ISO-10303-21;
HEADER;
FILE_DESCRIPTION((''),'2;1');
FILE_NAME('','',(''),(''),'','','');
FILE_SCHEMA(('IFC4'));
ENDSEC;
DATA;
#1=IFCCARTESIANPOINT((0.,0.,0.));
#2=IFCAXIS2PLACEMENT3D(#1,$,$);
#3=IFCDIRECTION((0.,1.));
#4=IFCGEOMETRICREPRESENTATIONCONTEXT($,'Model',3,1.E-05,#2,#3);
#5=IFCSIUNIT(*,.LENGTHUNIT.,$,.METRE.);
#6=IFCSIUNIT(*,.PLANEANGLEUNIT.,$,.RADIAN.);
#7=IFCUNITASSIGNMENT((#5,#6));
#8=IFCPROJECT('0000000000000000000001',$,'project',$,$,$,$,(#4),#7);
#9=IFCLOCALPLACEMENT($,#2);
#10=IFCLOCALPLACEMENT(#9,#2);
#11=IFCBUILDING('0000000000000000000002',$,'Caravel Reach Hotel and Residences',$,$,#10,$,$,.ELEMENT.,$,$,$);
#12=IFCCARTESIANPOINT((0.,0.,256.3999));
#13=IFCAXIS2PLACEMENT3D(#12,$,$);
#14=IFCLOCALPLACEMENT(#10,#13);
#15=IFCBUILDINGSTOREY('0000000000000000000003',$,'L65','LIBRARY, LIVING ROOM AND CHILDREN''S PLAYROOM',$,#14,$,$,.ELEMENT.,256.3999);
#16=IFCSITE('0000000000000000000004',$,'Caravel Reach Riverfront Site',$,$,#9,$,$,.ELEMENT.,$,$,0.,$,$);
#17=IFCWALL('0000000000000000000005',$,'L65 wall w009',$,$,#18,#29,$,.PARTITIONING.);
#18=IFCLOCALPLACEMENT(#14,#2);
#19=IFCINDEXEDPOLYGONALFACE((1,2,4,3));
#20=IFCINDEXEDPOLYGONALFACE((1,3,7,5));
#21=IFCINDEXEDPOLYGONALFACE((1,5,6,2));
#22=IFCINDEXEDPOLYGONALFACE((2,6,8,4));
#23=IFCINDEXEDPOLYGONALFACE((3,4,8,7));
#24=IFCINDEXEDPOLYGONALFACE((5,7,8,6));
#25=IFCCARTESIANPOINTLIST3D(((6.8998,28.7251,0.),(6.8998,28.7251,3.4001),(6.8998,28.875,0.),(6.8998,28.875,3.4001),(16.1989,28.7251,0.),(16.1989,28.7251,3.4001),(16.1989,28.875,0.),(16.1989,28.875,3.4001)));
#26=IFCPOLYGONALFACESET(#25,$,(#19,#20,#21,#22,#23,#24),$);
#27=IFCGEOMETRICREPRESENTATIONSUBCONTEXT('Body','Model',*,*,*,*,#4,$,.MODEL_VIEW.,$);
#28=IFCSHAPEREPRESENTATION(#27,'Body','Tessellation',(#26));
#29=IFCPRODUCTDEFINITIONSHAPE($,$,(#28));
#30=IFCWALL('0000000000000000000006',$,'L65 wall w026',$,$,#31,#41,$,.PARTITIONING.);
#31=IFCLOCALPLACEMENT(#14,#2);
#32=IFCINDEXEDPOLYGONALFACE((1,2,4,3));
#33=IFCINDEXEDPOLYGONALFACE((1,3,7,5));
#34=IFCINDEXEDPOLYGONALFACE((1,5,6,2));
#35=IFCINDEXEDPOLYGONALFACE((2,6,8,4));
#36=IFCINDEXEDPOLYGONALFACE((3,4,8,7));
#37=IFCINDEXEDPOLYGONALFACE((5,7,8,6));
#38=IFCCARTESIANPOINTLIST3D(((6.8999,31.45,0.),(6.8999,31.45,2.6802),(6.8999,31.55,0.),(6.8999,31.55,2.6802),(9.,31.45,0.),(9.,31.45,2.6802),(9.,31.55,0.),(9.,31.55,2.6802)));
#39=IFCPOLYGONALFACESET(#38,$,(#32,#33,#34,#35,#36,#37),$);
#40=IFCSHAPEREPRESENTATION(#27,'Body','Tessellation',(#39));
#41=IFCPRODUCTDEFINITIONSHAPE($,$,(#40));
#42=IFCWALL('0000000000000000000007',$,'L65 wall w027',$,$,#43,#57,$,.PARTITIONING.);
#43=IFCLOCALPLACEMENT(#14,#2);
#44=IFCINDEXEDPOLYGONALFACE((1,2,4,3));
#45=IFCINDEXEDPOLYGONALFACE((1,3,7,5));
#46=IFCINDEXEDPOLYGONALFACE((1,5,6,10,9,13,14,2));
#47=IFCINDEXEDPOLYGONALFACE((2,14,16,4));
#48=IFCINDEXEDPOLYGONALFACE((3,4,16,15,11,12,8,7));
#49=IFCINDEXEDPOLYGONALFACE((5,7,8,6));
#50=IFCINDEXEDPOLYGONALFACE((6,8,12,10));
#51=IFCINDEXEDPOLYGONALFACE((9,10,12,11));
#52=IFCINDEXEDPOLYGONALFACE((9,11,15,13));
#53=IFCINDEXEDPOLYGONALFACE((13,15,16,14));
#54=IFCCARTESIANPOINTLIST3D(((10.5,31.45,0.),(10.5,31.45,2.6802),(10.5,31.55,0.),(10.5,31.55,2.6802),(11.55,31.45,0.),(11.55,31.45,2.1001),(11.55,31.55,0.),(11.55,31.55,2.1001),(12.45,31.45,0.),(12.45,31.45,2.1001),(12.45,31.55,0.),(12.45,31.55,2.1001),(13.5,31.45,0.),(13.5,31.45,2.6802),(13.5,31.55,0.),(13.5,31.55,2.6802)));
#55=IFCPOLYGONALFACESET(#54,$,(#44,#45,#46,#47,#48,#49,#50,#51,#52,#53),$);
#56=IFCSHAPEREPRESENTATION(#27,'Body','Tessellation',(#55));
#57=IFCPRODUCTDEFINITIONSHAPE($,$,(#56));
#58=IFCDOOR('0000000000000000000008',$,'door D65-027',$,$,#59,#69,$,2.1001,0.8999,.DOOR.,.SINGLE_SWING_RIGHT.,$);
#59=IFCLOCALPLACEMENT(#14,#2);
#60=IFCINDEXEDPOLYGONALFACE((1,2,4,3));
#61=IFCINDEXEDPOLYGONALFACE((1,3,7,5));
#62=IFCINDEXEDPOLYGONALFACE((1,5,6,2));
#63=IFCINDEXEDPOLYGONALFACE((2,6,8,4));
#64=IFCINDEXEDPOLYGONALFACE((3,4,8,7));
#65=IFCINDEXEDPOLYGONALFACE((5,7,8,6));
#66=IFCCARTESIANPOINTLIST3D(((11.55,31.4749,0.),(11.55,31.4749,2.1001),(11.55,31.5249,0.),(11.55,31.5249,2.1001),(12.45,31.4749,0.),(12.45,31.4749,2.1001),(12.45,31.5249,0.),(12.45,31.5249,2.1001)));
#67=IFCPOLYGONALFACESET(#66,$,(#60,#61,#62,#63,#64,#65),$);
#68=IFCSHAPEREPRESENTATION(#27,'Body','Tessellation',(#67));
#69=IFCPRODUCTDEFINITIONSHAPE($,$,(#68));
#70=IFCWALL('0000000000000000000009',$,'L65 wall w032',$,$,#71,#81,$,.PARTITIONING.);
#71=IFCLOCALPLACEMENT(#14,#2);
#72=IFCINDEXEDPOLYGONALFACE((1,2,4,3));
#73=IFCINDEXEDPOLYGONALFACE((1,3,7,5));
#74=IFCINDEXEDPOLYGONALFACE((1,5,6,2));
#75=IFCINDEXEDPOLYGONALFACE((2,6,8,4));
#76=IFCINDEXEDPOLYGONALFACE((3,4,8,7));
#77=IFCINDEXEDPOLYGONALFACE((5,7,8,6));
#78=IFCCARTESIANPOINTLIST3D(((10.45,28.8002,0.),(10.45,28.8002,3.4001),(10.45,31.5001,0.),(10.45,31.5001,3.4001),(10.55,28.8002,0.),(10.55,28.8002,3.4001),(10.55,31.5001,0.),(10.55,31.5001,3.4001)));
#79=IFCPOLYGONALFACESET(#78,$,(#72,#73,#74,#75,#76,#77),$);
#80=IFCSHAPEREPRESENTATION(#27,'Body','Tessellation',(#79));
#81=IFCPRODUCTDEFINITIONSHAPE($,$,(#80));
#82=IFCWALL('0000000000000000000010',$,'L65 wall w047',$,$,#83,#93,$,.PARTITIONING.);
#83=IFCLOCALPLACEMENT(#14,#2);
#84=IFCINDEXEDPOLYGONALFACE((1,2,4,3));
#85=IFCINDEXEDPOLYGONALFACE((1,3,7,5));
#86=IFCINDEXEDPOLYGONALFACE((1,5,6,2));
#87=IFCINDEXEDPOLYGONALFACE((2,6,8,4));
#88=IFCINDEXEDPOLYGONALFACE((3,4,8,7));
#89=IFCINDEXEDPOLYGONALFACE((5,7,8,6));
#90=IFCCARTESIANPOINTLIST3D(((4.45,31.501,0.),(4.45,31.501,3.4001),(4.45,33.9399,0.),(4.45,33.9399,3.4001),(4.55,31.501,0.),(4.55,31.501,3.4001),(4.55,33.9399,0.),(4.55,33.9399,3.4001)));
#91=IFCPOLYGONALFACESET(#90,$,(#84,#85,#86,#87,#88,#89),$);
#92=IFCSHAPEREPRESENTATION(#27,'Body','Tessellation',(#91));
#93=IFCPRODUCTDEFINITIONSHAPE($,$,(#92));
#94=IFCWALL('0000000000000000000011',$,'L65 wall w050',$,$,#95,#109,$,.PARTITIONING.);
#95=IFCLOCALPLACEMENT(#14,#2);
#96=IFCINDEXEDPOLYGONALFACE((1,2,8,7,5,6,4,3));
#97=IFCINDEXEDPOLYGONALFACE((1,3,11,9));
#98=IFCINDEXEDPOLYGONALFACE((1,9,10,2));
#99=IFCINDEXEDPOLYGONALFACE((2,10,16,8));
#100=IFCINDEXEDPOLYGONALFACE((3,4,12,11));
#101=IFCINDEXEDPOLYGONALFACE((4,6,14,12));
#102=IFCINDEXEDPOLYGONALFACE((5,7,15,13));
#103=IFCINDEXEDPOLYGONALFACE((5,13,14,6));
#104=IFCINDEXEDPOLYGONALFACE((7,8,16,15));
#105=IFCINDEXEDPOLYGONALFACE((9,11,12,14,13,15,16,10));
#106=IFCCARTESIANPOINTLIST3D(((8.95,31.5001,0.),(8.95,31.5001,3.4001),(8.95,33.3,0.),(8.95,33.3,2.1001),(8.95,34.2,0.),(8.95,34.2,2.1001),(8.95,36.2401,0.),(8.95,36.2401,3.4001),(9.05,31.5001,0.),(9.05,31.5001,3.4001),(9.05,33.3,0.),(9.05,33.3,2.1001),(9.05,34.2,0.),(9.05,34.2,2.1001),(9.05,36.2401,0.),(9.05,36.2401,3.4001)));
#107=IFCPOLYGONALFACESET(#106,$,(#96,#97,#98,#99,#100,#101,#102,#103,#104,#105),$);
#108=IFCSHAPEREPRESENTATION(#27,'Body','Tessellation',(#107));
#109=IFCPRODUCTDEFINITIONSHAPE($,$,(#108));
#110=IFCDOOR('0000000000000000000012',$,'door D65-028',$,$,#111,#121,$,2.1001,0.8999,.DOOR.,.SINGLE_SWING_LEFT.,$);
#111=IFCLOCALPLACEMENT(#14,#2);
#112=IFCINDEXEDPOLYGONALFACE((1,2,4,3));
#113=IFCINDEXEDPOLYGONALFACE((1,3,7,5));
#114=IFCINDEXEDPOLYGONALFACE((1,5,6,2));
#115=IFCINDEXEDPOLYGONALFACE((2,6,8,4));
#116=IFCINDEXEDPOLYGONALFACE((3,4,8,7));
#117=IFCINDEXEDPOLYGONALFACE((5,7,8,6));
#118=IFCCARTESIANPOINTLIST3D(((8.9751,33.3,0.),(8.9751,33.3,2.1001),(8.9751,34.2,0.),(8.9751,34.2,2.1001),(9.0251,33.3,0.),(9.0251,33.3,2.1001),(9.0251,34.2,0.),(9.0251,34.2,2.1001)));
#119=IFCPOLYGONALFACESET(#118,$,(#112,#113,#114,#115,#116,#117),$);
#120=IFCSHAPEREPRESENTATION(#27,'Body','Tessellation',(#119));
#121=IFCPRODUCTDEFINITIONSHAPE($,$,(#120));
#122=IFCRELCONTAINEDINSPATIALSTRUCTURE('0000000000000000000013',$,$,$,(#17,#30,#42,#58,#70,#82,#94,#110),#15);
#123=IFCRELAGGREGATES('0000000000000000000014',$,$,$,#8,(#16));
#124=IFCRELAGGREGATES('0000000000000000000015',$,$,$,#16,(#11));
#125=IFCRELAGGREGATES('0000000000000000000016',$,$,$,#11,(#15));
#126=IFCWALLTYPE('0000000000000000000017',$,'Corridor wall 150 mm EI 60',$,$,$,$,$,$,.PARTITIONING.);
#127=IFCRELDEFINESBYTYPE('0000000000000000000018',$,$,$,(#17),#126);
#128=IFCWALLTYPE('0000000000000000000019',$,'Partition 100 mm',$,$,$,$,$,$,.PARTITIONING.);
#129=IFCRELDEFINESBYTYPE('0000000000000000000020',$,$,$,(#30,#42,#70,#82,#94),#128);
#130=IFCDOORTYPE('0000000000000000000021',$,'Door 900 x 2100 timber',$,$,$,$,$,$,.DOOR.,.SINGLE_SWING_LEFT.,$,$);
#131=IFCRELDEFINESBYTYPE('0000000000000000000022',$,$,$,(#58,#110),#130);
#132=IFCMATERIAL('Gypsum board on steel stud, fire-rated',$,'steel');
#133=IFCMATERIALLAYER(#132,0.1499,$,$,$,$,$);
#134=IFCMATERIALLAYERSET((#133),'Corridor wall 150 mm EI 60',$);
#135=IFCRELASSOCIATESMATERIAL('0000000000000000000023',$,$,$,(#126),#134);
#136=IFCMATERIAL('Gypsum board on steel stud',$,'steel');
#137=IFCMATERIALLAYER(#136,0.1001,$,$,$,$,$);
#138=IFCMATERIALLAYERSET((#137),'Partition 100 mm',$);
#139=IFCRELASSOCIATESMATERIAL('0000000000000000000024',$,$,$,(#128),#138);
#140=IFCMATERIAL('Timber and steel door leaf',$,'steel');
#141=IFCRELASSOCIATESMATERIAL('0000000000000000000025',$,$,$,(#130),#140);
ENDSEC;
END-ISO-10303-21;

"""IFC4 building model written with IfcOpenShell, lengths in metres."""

from ifc_helpers import new_model, si_unit, direction, frame, frame_2d, origin, place, context, subcontext, project, spatial, rectangle, extrude, material, layer, layer_set, type_object, element, fill, save


model = new_model("IFC4")

# Units and contexts
model_context = context("Model", 3, precision=1e-05, world=origin(), true_north=direction((0.0, 1.0)))
body_context = subcontext(model_context, "Body", "Model", "MODEL_VIEW")
ifc_project = project(units=[si_unit("LENGTHUNIT", "METRE"), si_unit("PLANEANGLEUNIT", "RADIAN")], contexts=[model_context])

# Site, building, storey
site_placement = place(None, origin())
site = spatial("IfcSite", under=ifc_project, at=site_placement, Name="Caravel Reach Riverfront Site", CompositionType="ELEMENT", RefElevation=0.0)
building_placement = place(site_placement, origin())
building = spatial("IfcBuilding", under=site, at=building_placement, Name="Caravel Reach Hotel and Residences", CompositionType="ELEMENT")
storey_placement = place(building_placement, frame((0.0, 0.0, 256.3999)))
storey = spatial("IfcBuildingStorey", under=building, at=storey_placement, Name="L65", Description="LIBRARY, LIVING ROOM AND CHILDREN'S PLAYROOM", CompositionType="ELEMENT", Elevation=256.3999)

# Walls
ifc_material_1 = material(Name="Gypsum board on steel stud, fire-rated", Category="steel")
ifc_layer_1 = layer(ifc_material_1, 0.1499)
ifc_layer_set_1 = layer_set([ifc_layer_1], Name="Corridor wall 150 mm EI 60")
wall_type_1 = type_object("IfcWallType", Name="Corridor wall 150 mm EI 60", PredefinedType="PARTITIONING", material=ifc_layer_set_1)
wall_1_placement = place(storey_placement, frame((6.8999, 28.8, 0.0), z_axis=(0.0, 0.0, 1.0), x_axis=(1.0, 0.0, 0.0)))
element("IfcWall", 1, at=wall_1_placement, inside=storey, type_object=wall_type_1, Name="L65 wall w009", PredefinedType="PARTITIONING", context=body_context, shape_type="SweptSolid", body=[
    extrude(rectangle(XDim=9.2991, YDim=0.1499, at=frame_2d((4.6494, 0.0))), origin(), (0.0, 0.0, 1.0), 3.4001),
])
ifc_material_2 = material(Name="Gypsum board on steel stud", Category="steel")
ifc_layer_2 = layer(ifc_material_2, 0.1001)
ifc_layer_set_2 = layer_set([ifc_layer_2], Name="Partition 100 mm")
wall_type_2 = type_object("IfcWallType", Name="Partition 100 mm", PredefinedType="PARTITIONING", material=ifc_layer_set_2)
wall_2_placement = place(storey_placement, frame((6.8999, 31.5, 0.0), z_axis=(0.0, 0.0, 1.0), x_axis=(1.0, 0.0, 0.0)))
element("IfcWall", 2, at=wall_2_placement, inside=storey, type_object=wall_type_2, Name="L65 wall w026", PredefinedType="PARTITIONING", context=body_context, shape_type="SweptSolid", body=[
    extrude(rectangle(XDim=2.1001, YDim=0.1001, at=frame_2d((1.05, 0.0))), origin(), (0.0, 0.0, 1.0), 2.6802),
])

# Wall, opening, door
wall_3_placement = place(storey_placement, frame((10.5, 31.5, 0.0), z_axis=(0.0, 0.0, 1.0), x_axis=(1.0, 0.0, 0.0)))
wall_3 = element("IfcWall", 3, at=wall_3_placement, inside=storey, type_object=wall_type_2, Name="L65 wall w027", PredefinedType="PARTITIONING", context=body_context, shape_type="SweptSolid", body=[
    extrude(rectangle(XDim=3.0, YDim=0.1001, at=frame_2d((1.5, 0.0))), origin(), (0.0, 0.0, 1.0), 2.6802),
])
opening_1_placement = place(wall_3_placement, frame((1.05, 0.0, 0.0)))
opening_1 = element("IfcOpeningElement", 4, at=opening_1_placement, cuts=wall_3, PredefinedType="OPENING", context=body_context, shape_type="SweptSolid", body=[
    extrude(rectangle(XDim=0.8999, YDim=2.1001, at=frame_2d((0.45, 1.05))), frame((0.0, 0.0601, 0.0), z_axis=(0.0, -1.0, 0.0), x_axis=(1.0, 0.0, 0.0)), (0.0, 0.0, 1.0), 0.1201),
])
ifc_material_3 = material(Name="Timber and steel door leaf", Category="steel")
door_type_1 = type_object("IfcDoorType", Name="Door 900 x 2100 timber", OperationType="SINGLE_SWING_LEFT", PredefinedType="DOOR", material=ifc_material_3)
door_1_placement = place(opening_1_placement, origin())
door_1 = element("IfcDoor", 5, at=door_1_placement, inside=storey, type_object=door_type_1, Name="door D65-027", OperationType="SINGLE_SWING_RIGHT", OverallHeight=2.1001, OverallWidth=0.8999, PredefinedType="DOOR", context=body_context, shape_type="SweptSolid", body=[
    extrude(rectangle(XDim=0.8999, YDim=2.1001, at=frame_2d((0.45, 1.05))), frame((0.0, 0.0249, 0.0), z_axis=(0.0, -1.0, 0.0), x_axis=(1.0, 0.0, 0.0)), (0.0, 0.0, 1.0), 0.05),
])
fill(opening_1, door_1)

# Walls
wall_4_placement = place(storey_placement, frame((10.5, 28.8, 0.0), z_axis=(0.0, 0.0, 1.0), x_axis=(0.0, 1.0, 0.0)))
element("IfcWall", 6, at=wall_4_placement, inside=storey, type_object=wall_type_2, Name="L65 wall w032", PredefinedType="PARTITIONING", context=body_context, shape_type="SweptSolid", body=[
    extrude(rectangle(XDim=2.7, YDim=0.1001, at=frame_2d((1.3501, 0.0))), origin(), (0.0, 0.0, 1.0), 3.4001),
])
wall_5_placement = place(storey_placement, frame((4.5, 31.501, 0.0), z_axis=(0.0, 0.0, 1.0), x_axis=(0.0, 1.0, 0.0)))
element("IfcWall", 7, at=wall_5_placement, inside=storey, type_object=wall_type_2, Name="L65 wall w047", PredefinedType="PARTITIONING", context=body_context, shape_type="SweptSolid", body=[
    extrude(rectangle(XDim=2.439, YDim=0.1001, at=frame_2d((1.2195, 0.0))), origin(), (0.0, 0.0, 1.0), 3.4001),
])

# Wall, opening, door
wall_6_placement = place(storey_placement, frame((9.0, 31.5, 0.0), z_axis=(0.0, 0.0, 1.0), x_axis=(0.0, 1.0, 0.0)))
wall_6 = element("IfcWall", 8, at=wall_6_placement, inside=storey, type_object=wall_type_2, Name="L65 wall w050", PredefinedType="PARTITIONING", context=body_context, shape_type="SweptSolid", body=[
    extrude(rectangle(XDim=4.74, YDim=0.1001, at=frame_2d((2.3701, 0.0))), origin(), (0.0, 0.0, 1.0), 3.4001),
])
opening_2_placement = place(wall_6_placement, frame((1.8, 0.0, 0.0)))
opening_2 = element("IfcOpeningElement", 9, at=opening_2_placement, cuts=wall_6, PredefinedType="OPENING", context=body_context, shape_type="SweptSolid", body=[
    extrude(rectangle(XDim=0.8999, YDim=2.1001, at=frame_2d((0.45, 1.05))), frame((0.0, 0.0601, 0.0), z_axis=(0.0, -1.0, 0.0), x_axis=(1.0, 0.0, 0.0)), (0.0, 0.0, 1.0), 0.1201),
])
door_2_placement = place(opening_2_placement, origin())
door_2 = element("IfcDoor", 10, at=door_2_placement, inside=storey, type_object=door_type_1, Name="door D65-028", OperationType="SINGLE_SWING_LEFT", OverallHeight=2.1001, OverallWidth=0.8999, PredefinedType="DOOR", context=body_context, shape_type="SweptSolid", body=[
    extrude(rectangle(XDim=0.8999, YDim=2.1001, at=frame_2d((0.45, 1.05))), frame((0.0, 0.0249, 0.0), z_axis=(0.0, -1.0, 0.0), x_axis=(1.0, 0.0, 0.0)), (0.0, 0.0, 1.0), 0.05),
])
fill(opening_2, door_2)

save(model, "model.ifc")
